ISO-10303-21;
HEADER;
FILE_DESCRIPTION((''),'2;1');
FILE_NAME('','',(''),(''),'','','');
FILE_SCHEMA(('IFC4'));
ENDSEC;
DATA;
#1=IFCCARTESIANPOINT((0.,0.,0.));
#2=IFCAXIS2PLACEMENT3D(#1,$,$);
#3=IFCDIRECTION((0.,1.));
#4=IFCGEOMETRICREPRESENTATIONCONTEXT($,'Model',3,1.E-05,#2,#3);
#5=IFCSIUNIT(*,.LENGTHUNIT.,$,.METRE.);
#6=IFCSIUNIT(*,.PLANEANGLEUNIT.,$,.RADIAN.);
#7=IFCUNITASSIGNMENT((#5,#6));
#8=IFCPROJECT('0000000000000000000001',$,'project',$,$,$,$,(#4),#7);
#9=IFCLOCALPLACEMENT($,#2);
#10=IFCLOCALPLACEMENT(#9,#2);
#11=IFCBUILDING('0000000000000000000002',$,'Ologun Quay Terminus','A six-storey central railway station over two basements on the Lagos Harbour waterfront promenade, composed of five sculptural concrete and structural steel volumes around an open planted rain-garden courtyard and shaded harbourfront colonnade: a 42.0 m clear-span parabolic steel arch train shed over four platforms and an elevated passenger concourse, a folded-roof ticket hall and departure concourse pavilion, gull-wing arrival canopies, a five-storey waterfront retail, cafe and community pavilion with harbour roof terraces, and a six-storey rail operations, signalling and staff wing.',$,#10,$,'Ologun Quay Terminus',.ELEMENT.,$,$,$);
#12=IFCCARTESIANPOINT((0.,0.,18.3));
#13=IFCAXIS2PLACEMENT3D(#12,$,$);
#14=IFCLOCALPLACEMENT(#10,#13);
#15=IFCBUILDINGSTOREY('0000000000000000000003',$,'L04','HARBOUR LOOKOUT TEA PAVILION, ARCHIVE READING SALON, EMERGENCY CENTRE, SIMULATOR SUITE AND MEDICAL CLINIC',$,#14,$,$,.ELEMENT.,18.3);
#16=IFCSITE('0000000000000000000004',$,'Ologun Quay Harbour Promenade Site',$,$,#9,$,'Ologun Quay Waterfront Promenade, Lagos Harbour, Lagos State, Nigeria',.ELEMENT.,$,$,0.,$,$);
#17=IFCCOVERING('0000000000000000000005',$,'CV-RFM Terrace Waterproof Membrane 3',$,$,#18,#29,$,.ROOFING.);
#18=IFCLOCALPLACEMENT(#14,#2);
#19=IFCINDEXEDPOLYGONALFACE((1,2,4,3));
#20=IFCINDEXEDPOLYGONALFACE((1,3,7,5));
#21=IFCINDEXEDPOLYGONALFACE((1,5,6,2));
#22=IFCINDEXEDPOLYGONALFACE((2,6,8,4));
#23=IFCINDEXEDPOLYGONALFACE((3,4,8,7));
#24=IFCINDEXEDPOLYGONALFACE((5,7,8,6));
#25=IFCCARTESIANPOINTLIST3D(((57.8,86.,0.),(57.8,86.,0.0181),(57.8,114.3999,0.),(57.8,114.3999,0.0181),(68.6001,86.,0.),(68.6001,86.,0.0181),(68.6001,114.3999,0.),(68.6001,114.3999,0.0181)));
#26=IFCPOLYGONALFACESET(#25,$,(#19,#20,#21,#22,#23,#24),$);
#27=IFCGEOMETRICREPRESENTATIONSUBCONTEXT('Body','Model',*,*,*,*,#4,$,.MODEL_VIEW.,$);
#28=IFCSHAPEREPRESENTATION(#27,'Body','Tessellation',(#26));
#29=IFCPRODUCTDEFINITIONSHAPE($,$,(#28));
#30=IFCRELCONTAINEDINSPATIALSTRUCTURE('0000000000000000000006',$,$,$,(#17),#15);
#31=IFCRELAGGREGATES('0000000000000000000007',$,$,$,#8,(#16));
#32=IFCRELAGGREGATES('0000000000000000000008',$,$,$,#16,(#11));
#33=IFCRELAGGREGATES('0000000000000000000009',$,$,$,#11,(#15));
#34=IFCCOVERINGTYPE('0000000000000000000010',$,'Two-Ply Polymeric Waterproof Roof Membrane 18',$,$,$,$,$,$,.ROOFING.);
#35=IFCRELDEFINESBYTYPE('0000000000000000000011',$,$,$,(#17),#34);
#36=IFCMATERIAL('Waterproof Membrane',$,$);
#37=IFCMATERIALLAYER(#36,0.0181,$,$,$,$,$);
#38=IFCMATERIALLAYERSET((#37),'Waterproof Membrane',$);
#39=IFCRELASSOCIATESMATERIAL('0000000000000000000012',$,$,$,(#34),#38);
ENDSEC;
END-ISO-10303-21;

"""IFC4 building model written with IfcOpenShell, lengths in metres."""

from ifc_helpers import new_model, si_unit, direction, frame, origin, place, context, subcontext, project, spatial, polyline, outline, extrude, material, layer, layer_set, type_object, element, save


model = new_model("IFC4")

# Units and contexts
model_context = context("Model", 3, precision=1e-05, world=origin(), true_north=direction((0.0, 1.0)))
body_context = subcontext(model_context, "Body", "Model", "MODEL_VIEW")
ifc_project = project(units=[si_unit("LENGTHUNIT", "METRE"), si_unit("PLANEANGLEUNIT", "RADIAN")], contexts=[model_context])

# Site, building, storey
site_placement = place(None, origin())
site = spatial("IfcSite", under=ifc_project, at=site_placement, Name="Ologun Quay Harbour Promenade Site", LongName="Ologun Quay Waterfront Promenade, Lagos Harbour, Lagos State, Nigeria", CompositionType="ELEMENT", RefElevation=0.0)
building_placement = place(site_placement, origin())
building = spatial("IfcBuilding", under=site, at=building_placement, Name="Ologun Quay Terminus", Description="A six-storey central railway station over two basements on the Lagos Harbour waterfront promenade, composed of five sculptural concrete and structural steel volumes around an open planted rain-garden courtyard and shaded harbourfront colonnade: a 42.0 m clear-span parabolic steel arch train shed over four platforms and an elevated passenger concourse, a folded-roof ticket hall and departure concourse pavilion, gull-wing arrival canopies, a five-storey waterfront retail, cafe and community pavilion with harbour roof terraces, and a six-storey rail operations, signalling and staff wing.", LongName="Ologun Quay Terminus", CompositionType="ELEMENT")
storey_placement = place(building_placement, frame((0.0, 0.0, 18.3)))
storey = spatial("IfcBuildingStorey", under=building, at=storey_placement, Name="L04", Description="HARBOUR LOOKOUT TEA PAVILION, ARCHIVE READING SALON, EMERGENCY CENTRE, SIMULATOR SUITE AND MEDICAL CLINIC", CompositionType="ELEMENT", Elevation=18.3)

# Covering
ifc_material_1 = material(Name="Waterproof Membrane")
ifc_layer_1 = layer(ifc_material_1, 0.0181)
ifc_layer_set_1 = layer_set([ifc_layer_1], Name="Waterproof Membrane")
covering_type_1 = type_object("IfcCoveringType", Name="Two-Ply Polymeric Waterproof Roof Membrane 18", PredefinedType="ROOFING", material=ifc_layer_set_1)
covering_1_placement = place(storey_placement, origin())
element("IfcCovering", 1, at=covering_1_placement, inside=storey, type_object=covering_type_1, Name="CV-RFM Terrace Waterproof Membrane 3", PredefinedType="ROOFING", context=body_context, shape_type="SweptSolid", body=[
    extrude(outline(polyline([(57.8, 86.0), (68.6001, 86.0), (68.6001, 114.3999), (57.8, 114.3999), (57.8, 86.0)])), origin(), (0.0, 0.0, 1.0), 0.0181),
])

save(model, "model.ifc")
